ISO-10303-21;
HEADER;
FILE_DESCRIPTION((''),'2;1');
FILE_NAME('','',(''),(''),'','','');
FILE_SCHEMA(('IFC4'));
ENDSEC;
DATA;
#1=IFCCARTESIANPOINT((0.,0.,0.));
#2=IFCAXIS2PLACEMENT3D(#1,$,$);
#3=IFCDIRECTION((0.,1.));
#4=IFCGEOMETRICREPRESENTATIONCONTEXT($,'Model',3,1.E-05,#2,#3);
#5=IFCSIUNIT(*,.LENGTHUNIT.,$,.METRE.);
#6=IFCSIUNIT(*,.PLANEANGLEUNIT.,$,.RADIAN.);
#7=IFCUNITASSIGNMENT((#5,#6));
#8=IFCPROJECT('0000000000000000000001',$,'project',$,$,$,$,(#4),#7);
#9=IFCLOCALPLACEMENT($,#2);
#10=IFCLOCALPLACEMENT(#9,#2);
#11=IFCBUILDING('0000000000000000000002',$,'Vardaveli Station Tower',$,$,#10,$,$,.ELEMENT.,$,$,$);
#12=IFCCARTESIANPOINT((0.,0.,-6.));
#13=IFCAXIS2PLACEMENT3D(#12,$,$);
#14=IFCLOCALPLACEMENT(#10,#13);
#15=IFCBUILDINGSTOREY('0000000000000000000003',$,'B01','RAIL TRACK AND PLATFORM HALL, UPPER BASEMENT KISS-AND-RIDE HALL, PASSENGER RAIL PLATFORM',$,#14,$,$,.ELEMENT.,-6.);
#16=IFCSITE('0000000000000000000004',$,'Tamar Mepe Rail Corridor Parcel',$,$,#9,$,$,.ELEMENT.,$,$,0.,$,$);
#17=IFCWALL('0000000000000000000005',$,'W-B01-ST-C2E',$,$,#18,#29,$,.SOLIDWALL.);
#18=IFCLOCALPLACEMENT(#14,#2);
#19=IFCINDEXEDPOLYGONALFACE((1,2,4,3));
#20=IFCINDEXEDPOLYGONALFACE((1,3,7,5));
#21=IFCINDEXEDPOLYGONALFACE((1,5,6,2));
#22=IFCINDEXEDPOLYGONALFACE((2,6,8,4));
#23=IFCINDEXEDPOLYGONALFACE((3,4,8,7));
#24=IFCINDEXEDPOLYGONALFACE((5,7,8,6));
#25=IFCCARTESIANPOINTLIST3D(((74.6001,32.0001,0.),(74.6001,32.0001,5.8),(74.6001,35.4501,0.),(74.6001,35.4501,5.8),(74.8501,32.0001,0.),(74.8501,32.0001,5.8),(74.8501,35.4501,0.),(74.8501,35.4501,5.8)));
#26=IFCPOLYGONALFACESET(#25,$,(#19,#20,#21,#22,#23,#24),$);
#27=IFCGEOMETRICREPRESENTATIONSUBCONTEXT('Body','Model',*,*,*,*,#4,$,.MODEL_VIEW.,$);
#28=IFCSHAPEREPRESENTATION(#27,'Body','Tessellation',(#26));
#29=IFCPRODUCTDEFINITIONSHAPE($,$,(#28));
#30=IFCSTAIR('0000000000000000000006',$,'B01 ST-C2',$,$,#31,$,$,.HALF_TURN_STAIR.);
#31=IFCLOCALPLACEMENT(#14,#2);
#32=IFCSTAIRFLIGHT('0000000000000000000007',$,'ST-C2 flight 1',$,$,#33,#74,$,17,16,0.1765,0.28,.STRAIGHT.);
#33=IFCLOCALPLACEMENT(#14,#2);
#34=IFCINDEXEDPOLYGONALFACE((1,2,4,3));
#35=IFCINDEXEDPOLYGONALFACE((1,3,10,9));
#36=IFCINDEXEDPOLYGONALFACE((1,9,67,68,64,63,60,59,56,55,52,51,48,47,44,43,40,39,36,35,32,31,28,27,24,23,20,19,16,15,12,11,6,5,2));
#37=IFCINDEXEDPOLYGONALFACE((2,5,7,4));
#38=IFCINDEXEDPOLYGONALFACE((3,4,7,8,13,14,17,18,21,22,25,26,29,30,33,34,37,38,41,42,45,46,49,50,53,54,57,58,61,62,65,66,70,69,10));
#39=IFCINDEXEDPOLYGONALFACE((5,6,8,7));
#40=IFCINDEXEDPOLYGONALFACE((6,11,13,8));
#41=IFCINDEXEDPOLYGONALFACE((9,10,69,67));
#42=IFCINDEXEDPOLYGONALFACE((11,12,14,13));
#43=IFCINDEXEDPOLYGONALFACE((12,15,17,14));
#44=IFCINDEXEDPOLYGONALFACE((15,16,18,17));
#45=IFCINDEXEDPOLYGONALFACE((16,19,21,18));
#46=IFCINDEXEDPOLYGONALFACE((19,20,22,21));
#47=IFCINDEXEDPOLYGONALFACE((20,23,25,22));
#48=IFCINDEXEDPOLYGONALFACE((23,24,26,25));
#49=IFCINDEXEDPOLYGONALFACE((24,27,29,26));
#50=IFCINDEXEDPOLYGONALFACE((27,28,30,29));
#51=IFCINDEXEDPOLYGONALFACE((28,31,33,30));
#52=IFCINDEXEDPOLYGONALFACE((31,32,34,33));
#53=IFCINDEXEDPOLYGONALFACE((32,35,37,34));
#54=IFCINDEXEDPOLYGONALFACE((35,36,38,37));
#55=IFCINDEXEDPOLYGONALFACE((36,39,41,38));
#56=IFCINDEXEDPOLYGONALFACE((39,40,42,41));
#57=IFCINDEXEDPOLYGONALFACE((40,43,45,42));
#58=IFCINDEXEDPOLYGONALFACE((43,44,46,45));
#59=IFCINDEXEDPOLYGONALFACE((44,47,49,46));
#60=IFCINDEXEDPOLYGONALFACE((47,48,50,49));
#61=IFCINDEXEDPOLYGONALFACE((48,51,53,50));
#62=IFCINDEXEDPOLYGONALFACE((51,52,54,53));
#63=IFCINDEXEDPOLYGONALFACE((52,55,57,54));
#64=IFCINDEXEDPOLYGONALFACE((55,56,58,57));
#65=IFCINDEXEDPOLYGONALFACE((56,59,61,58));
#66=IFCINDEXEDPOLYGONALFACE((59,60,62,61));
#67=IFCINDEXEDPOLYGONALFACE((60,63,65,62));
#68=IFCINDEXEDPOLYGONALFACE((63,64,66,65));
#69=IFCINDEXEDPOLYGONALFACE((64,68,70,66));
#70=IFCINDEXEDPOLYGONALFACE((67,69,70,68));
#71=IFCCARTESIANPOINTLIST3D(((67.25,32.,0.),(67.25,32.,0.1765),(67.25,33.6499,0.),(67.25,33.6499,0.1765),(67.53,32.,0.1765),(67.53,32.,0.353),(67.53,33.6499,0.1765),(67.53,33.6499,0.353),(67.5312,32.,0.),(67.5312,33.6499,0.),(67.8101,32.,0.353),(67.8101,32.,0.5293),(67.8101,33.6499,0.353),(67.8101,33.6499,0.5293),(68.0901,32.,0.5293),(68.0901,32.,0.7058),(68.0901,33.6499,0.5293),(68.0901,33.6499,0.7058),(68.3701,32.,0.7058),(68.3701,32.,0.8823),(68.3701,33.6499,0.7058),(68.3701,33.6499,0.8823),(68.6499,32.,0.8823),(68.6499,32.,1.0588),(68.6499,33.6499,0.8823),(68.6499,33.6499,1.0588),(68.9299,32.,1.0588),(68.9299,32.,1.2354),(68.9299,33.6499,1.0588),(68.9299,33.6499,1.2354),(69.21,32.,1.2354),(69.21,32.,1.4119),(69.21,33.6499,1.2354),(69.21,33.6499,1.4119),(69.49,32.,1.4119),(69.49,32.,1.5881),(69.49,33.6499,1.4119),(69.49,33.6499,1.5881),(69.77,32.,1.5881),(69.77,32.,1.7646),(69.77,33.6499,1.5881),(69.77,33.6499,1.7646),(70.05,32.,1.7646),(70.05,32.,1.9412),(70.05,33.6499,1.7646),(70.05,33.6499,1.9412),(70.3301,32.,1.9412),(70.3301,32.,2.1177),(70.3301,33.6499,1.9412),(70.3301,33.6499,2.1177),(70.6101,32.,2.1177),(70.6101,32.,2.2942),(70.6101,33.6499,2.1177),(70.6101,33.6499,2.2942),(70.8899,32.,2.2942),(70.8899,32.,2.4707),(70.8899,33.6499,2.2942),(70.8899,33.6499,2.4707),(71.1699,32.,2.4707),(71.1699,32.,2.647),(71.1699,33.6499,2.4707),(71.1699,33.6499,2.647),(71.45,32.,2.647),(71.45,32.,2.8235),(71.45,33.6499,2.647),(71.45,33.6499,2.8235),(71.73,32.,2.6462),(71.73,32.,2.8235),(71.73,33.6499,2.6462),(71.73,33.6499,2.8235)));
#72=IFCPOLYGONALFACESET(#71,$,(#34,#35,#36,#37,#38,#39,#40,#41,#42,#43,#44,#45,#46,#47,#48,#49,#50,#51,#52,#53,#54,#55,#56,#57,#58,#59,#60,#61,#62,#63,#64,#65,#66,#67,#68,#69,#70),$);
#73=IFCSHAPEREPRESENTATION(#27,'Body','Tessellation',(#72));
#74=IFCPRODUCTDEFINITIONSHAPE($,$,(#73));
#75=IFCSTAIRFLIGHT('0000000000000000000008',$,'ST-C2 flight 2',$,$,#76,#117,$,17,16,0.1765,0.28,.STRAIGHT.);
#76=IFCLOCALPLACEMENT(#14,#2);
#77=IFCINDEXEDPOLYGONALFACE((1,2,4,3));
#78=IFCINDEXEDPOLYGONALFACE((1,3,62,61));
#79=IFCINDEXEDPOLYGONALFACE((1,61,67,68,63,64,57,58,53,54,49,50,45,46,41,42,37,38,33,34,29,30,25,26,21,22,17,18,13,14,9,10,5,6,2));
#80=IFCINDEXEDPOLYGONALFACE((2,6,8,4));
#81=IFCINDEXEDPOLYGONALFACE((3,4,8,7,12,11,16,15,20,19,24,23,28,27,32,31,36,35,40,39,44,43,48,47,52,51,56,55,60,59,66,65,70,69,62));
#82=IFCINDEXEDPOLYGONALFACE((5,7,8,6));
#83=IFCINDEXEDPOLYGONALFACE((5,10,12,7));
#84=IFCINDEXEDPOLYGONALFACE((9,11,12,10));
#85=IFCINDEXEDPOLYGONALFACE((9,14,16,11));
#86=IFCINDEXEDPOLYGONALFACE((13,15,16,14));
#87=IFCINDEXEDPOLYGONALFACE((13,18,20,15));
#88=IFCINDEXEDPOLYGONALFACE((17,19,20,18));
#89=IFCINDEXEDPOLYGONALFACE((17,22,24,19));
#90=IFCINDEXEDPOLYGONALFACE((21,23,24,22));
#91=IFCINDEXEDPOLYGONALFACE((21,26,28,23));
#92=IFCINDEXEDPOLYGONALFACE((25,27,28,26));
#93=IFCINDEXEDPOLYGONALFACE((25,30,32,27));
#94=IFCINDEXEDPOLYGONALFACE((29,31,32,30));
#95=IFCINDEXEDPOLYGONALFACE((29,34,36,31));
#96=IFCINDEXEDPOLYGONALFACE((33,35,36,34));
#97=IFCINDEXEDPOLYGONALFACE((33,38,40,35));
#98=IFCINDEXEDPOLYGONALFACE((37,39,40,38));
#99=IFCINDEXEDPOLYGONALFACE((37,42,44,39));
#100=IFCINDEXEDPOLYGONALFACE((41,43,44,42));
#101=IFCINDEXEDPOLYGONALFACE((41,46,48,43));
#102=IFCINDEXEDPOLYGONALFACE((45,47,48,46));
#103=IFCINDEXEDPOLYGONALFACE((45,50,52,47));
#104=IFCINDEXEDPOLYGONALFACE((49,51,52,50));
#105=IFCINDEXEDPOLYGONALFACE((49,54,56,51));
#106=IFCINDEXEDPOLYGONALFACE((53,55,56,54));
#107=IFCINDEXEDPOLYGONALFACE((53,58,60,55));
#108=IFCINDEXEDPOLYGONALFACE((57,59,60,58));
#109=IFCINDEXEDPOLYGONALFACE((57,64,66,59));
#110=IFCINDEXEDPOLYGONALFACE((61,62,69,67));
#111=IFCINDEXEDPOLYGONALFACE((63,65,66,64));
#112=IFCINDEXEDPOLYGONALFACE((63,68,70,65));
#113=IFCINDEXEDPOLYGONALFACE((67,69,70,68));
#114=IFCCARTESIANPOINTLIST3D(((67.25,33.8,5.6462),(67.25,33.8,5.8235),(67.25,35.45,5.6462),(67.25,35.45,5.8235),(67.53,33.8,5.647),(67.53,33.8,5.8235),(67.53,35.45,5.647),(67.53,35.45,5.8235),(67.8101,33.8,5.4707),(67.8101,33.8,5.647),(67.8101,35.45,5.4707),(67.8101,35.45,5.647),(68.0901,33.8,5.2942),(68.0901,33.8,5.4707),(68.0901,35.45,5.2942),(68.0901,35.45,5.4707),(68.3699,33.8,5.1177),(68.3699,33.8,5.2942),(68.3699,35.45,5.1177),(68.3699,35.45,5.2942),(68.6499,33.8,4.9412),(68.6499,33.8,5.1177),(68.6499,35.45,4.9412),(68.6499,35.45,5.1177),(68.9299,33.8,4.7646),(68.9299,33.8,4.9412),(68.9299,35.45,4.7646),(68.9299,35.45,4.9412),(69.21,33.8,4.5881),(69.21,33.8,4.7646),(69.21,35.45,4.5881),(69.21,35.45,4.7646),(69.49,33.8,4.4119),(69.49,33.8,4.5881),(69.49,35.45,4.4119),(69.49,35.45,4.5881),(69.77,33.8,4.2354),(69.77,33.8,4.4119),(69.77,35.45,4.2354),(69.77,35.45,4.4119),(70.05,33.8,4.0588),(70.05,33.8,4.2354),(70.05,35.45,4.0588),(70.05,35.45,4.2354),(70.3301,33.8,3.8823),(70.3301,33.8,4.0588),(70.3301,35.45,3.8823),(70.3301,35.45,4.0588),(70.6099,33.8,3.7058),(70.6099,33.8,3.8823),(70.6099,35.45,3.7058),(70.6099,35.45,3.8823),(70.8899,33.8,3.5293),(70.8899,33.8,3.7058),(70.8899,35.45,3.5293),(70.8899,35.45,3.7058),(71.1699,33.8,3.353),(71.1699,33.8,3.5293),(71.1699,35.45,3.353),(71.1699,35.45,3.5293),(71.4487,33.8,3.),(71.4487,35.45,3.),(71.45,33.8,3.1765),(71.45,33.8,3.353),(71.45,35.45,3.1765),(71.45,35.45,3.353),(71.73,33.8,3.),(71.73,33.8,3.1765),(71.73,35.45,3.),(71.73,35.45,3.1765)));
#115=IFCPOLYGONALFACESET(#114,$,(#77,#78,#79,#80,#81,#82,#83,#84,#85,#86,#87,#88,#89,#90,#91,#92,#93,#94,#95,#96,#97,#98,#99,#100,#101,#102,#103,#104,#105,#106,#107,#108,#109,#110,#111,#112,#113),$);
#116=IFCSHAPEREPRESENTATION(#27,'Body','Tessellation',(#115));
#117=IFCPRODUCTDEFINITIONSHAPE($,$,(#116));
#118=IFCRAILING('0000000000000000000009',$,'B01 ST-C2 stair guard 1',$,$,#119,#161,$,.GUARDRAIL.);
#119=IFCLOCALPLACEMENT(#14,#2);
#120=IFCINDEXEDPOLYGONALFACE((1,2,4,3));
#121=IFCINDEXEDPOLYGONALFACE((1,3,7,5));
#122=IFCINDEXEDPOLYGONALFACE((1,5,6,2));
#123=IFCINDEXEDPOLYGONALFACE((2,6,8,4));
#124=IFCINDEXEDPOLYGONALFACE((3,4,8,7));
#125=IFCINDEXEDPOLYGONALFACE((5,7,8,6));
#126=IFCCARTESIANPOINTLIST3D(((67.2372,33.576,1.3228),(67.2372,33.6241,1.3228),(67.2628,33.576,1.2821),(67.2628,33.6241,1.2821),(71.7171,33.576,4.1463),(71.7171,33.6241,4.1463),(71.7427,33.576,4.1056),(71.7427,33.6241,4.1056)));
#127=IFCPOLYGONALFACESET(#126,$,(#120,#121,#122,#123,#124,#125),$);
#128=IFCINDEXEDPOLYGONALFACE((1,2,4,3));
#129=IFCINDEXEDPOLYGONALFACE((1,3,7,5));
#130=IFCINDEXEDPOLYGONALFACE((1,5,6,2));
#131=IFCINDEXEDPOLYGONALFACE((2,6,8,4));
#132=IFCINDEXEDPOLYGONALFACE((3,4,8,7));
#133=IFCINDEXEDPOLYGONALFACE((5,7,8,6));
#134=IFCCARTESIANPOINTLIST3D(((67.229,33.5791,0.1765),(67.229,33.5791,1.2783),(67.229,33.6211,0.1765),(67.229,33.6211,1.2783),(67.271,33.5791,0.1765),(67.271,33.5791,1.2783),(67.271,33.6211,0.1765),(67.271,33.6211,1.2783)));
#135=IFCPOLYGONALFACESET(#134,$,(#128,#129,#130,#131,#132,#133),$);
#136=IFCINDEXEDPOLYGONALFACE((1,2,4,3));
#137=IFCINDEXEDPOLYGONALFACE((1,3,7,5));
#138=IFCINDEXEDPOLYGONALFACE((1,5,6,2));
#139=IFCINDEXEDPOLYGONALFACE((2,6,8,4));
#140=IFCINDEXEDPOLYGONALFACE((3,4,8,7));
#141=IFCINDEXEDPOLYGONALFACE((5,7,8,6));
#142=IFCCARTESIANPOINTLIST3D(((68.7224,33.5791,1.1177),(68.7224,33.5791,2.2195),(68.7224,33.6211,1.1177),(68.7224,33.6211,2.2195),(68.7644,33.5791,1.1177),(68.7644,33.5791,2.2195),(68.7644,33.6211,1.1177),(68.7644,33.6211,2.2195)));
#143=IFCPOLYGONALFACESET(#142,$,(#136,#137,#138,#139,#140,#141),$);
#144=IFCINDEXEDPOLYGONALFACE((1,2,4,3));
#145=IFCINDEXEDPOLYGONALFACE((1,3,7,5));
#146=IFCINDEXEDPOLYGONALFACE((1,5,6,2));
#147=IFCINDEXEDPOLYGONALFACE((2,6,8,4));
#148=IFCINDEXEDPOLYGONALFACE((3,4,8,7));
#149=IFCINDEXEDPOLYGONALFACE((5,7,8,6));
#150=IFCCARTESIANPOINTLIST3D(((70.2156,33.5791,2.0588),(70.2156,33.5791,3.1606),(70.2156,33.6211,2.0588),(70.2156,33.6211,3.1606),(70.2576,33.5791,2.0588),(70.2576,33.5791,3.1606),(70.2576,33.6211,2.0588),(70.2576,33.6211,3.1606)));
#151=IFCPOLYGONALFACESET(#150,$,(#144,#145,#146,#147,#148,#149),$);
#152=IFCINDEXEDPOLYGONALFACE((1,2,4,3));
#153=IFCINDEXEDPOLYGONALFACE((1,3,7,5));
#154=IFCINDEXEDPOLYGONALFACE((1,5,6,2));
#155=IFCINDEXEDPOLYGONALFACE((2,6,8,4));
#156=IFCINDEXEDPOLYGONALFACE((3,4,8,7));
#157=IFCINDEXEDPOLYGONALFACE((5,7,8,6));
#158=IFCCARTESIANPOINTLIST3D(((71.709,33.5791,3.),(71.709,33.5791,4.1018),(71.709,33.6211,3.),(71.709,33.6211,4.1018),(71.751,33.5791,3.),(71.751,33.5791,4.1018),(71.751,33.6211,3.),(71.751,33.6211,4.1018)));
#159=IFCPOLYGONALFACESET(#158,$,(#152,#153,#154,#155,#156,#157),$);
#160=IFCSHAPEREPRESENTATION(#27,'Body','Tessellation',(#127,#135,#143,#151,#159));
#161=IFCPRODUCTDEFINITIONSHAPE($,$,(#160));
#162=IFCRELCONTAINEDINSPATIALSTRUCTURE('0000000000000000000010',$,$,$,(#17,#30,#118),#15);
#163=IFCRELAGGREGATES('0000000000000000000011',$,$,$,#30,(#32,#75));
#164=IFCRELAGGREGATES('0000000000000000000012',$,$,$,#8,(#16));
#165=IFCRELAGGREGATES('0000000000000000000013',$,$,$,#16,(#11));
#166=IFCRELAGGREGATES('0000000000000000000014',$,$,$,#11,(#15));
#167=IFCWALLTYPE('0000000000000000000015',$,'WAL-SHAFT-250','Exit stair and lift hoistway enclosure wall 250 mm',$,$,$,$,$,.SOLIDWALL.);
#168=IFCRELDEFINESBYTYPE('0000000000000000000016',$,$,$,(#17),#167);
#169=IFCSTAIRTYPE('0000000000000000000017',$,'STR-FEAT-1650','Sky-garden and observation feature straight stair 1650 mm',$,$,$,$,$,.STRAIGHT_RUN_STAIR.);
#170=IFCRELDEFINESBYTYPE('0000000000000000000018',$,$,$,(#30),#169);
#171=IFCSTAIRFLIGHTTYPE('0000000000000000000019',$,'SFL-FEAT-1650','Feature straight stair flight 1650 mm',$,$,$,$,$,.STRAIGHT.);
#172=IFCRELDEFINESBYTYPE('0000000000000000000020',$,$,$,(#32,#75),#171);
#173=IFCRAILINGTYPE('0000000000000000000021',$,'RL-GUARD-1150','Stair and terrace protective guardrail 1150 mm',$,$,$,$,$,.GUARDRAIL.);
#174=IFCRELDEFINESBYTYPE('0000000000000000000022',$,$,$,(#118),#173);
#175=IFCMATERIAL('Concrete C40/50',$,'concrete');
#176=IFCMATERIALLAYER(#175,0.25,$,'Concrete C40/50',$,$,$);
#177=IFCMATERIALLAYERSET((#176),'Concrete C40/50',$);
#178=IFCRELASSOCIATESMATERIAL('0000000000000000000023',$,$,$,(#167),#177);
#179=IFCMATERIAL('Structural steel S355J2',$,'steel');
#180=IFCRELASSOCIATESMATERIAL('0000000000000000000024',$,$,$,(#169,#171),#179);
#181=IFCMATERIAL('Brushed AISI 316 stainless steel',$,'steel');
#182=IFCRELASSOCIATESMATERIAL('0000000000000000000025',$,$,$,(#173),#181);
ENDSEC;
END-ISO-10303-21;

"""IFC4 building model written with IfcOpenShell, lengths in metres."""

from ifc_helpers import new_model, si_unit, direction, frame, frame_2d, origin, origin_2d, place, context, subcontext, project, spatial, polyline, rectangle, outline, extrude, source, transform, mapped, material, layer, layer_set, type_object, element, aggregate, save


model = new_model("IFC4")

# Units and contexts
model_context = context("Model", 3, precision=1e-05, world=origin(), true_north=direction((0.0, 1.0)))
body_context = subcontext(model_context, "Body", "Model", "MODEL_VIEW")
ifc_project = project(units=[si_unit("LENGTHUNIT", "METRE"), si_unit("PLANEANGLEUNIT", "RADIAN")], contexts=[model_context])

# Site, building, storey
site_placement = place(None, origin())
site = spatial("IfcSite", under=ifc_project, at=site_placement, Name="Tamar Mepe Rail Corridor Parcel", CompositionType="ELEMENT", RefElevation=0.0)
building_placement = place(site_placement, origin())
building = spatial("IfcBuilding", under=site, at=building_placement, Name="Vardaveli Station Tower", CompositionType="ELEMENT")
storey_placement = place(building_placement, frame((0.0, 0.0, -6.0)))
storey = spatial("IfcBuildingStorey", under=building, at=storey_placement, Name="B01", Description="RAIL TRACK AND PLATFORM HALL, UPPER BASEMENT KISS-AND-RIDE HALL, PASSENGER RAIL PLATFORM", CompositionType="ELEMENT", Elevation=-6.0)

# Shared definitions
ifc_material_1 = material(Name="Structural steel S355J2", Category="steel")

# Wall
ifc_material_2 = material(Name="Concrete C40/50", Category="concrete")
ifc_layer = layer(ifc_material_2, 0.25, Name="Concrete C40/50")
ifc_layer_set = layer_set([ifc_layer], Name="Concrete C40/50")
wall_type = type_object("IfcWallType", Name="WAL-SHAFT-250", Description="Exit stair and lift hoistway enclosure wall 250 mm", PredefinedType="SOLIDWALL", material=ifc_layer_set)
shared_shape_1 = source(origin(), body_context, "Body", "SweptSolid", [
    extrude(rectangle(XDim=3.45, YDim=0.25, at=frame_2d((1.7251, 0.0))), origin(), (0.0, 0.0, 1.0), 5.8),
])
wall_placement = place(storey_placement, frame((74.7251, 32.0, 0.0), z_axis=(0.0, 0.0, 1.0), x_axis=(0.0, 1.0, 0.0)))
element("IfcWall", 1, at=wall_placement, inside=storey, type_object=wall_type, Name="W-B01-ST-C2E", PredefinedType="SOLIDWALL", context=body_context, shape_type="MappedRepresentation", body=[
    mapped(shared_shape_1, transform((0.0, 0.0, 0.0), scale=1.0)),
])

# Stair, stair flights
stair_type = type_object("IfcStairType", Name="STR-FEAT-1650", Description="Sky-garden and observation feature straight stair 1650 mm", PredefinedType="STRAIGHT_RUN_STAIR", material=ifc_material_1)
stair_placement = place(storey_placement, origin())
stair = element("IfcStair", 2, at=stair_placement, inside=storey, type_object=stair_type, Name="B01 ST-C2", PredefinedType="HALF_TURN_STAIR")
stair_flight_type = type_object("IfcStairFlightType", Name="SFL-FEAT-1650", Description="Feature straight stair flight 1650 mm", PredefinedType="STRAIGHT", material=ifc_material_1)
shared_shape_2 = source(origin(), body_context, "Body", "SweptSolid", [
    extrude(outline(polyline([(0.0, 0.0), (0.0, 0.1765), (0.28, 0.1765), (0.28, 0.353), (0.5601, 0.353), (0.5601, 0.5293), (0.8401, 0.5293), (0.8401, 0.7058), (1.1201, 0.7058), (1.1201, 0.8823), (1.3999, 0.8823), (1.3999, 1.0588), (1.6799, 1.0588), (1.6799, 1.2354), (1.96, 1.2354), (1.96, 1.4119), (2.24, 1.4119), (2.24, 1.5881), (2.52, 1.5881), (2.52, 1.7646), (2.8, 1.7646), (2.8, 1.9412), (3.0801, 1.9412), (3.0801, 2.1177), (3.3601, 2.1177), (3.3601, 2.2942), (3.6399, 2.2942), (3.6399, 2.4707), (3.9199, 2.4707), (3.9199, 2.647), (4.2, 2.647), (4.2, 2.8235), (4.48, 2.8235), (4.48, 3.0), (4.48, 2.6462), (0.2812, 0.0), (0.0, 0.0)])), frame((0.0, 0.825, 0.0), z_axis=(0.0, -1.0, 0.0), x_axis=(1.0, 0.0, 0.0)), (0.0, 0.0, 1.0), 1.6499),
])
stair_flight_1_placement = place(storey_placement, frame((67.25, 32.825, 0.0), z_axis=(0.0, 0.0, 1.0), x_axis=(1.0, 0.0, 0.0)))
stair_flight_1 = element("IfcStairFlight", 3, at=stair_flight_1_placement, type_object=stair_flight_type, Name="ST-C2 flight 1", NumberOfRisers=17, NumberOfTreads=16, PredefinedType="STRAIGHT", RiserHeight=0.1765, TreadLength=0.28, context=body_context, shape_type="MappedRepresentation", body=[
    mapped(shared_shape_2, transform((0.0, 0.0, 0.0), scale=1.0)),
])
stair_flight_2_placement = place(storey_placement, frame((71.73, 34.625, 3.0), z_axis=(0.0, 0.0, 1.0), x_axis=(-1.0, 0.0, 0.0)))
stair_flight_2 = element("IfcStairFlight", 4, at=stair_flight_2_placement, type_object=stair_flight_type, Name="ST-C2 flight 2", NumberOfRisers=17, NumberOfTreads=16, PredefinedType="STRAIGHT", RiserHeight=0.1765, TreadLength=0.28, context=body_context, shape_type="MappedRepresentation", body=[
    mapped(shared_shape_2, transform((0.0, 0.0, 0.0), scale=1.0)),
])
aggregate(stair, [stair_flight_1, stair_flight_2])

# Railing
ifc_material_3 = material(Name="Brushed AISI 316 stainless steel", Category="steel")
railing_type_1 = type_object("IfcRailingType", Name="RL-GUARD-1150", Description="Stair and terrace protective guardrail 1150 mm", PredefinedType="GUARDRAIL", material=ifc_material_3)
shared_shape_3 = source(origin(), body_context, "Body", "SweptSolid", [
    extrude(rectangle(XDim=0.0481, YDim=0.0481, at=origin_2d()), frame((0.0, 0.0, 1.126), z_axis=(0.845998, 0.0, 0.533186), x_axis=(0.0, 1.0, 0.0)), (0.0, 0.0, 1.0), 5.2954),
    extrude(rectangle(XDim=0.042, YDim=0.042, at=origin_2d()), origin(), (0.0, 0.0, 1.0), 1.1018),
    extrude(rectangle(XDim=0.042, YDim=0.042, at=origin_2d()), frame((1.4934, 0.0, 0.9412)), (0.0, 0.0, 1.0), 1.1018),
    extrude(rectangle(XDim=0.042, YDim=0.042, at=origin_2d()), frame((2.9866, 0.0, 1.8823)), (0.0, 0.0, 1.0), 1.1018),
    extrude(rectangle(XDim=0.042, YDim=0.042, at=origin_2d()), frame((4.48, 0.0, 2.8235)), (0.0, 0.0, 1.0), 1.1018),
])
railing_1_placement = place(storey_placement, frame((67.25, 33.6001, 0.1765)))
element("IfcRailing", 5, at=railing_1_placement, inside=storey, type_object=railing_type_1, Name="B01 ST-C2 stair guard 1", PredefinedType="GUARDRAIL", context=body_context, shape_type="MappedRepresentation", body=[
    mapped(shared_shape_3, transform((0.0, 0.0, 0.0), scale=1.0)),
])

save(model, "model.ifc")
